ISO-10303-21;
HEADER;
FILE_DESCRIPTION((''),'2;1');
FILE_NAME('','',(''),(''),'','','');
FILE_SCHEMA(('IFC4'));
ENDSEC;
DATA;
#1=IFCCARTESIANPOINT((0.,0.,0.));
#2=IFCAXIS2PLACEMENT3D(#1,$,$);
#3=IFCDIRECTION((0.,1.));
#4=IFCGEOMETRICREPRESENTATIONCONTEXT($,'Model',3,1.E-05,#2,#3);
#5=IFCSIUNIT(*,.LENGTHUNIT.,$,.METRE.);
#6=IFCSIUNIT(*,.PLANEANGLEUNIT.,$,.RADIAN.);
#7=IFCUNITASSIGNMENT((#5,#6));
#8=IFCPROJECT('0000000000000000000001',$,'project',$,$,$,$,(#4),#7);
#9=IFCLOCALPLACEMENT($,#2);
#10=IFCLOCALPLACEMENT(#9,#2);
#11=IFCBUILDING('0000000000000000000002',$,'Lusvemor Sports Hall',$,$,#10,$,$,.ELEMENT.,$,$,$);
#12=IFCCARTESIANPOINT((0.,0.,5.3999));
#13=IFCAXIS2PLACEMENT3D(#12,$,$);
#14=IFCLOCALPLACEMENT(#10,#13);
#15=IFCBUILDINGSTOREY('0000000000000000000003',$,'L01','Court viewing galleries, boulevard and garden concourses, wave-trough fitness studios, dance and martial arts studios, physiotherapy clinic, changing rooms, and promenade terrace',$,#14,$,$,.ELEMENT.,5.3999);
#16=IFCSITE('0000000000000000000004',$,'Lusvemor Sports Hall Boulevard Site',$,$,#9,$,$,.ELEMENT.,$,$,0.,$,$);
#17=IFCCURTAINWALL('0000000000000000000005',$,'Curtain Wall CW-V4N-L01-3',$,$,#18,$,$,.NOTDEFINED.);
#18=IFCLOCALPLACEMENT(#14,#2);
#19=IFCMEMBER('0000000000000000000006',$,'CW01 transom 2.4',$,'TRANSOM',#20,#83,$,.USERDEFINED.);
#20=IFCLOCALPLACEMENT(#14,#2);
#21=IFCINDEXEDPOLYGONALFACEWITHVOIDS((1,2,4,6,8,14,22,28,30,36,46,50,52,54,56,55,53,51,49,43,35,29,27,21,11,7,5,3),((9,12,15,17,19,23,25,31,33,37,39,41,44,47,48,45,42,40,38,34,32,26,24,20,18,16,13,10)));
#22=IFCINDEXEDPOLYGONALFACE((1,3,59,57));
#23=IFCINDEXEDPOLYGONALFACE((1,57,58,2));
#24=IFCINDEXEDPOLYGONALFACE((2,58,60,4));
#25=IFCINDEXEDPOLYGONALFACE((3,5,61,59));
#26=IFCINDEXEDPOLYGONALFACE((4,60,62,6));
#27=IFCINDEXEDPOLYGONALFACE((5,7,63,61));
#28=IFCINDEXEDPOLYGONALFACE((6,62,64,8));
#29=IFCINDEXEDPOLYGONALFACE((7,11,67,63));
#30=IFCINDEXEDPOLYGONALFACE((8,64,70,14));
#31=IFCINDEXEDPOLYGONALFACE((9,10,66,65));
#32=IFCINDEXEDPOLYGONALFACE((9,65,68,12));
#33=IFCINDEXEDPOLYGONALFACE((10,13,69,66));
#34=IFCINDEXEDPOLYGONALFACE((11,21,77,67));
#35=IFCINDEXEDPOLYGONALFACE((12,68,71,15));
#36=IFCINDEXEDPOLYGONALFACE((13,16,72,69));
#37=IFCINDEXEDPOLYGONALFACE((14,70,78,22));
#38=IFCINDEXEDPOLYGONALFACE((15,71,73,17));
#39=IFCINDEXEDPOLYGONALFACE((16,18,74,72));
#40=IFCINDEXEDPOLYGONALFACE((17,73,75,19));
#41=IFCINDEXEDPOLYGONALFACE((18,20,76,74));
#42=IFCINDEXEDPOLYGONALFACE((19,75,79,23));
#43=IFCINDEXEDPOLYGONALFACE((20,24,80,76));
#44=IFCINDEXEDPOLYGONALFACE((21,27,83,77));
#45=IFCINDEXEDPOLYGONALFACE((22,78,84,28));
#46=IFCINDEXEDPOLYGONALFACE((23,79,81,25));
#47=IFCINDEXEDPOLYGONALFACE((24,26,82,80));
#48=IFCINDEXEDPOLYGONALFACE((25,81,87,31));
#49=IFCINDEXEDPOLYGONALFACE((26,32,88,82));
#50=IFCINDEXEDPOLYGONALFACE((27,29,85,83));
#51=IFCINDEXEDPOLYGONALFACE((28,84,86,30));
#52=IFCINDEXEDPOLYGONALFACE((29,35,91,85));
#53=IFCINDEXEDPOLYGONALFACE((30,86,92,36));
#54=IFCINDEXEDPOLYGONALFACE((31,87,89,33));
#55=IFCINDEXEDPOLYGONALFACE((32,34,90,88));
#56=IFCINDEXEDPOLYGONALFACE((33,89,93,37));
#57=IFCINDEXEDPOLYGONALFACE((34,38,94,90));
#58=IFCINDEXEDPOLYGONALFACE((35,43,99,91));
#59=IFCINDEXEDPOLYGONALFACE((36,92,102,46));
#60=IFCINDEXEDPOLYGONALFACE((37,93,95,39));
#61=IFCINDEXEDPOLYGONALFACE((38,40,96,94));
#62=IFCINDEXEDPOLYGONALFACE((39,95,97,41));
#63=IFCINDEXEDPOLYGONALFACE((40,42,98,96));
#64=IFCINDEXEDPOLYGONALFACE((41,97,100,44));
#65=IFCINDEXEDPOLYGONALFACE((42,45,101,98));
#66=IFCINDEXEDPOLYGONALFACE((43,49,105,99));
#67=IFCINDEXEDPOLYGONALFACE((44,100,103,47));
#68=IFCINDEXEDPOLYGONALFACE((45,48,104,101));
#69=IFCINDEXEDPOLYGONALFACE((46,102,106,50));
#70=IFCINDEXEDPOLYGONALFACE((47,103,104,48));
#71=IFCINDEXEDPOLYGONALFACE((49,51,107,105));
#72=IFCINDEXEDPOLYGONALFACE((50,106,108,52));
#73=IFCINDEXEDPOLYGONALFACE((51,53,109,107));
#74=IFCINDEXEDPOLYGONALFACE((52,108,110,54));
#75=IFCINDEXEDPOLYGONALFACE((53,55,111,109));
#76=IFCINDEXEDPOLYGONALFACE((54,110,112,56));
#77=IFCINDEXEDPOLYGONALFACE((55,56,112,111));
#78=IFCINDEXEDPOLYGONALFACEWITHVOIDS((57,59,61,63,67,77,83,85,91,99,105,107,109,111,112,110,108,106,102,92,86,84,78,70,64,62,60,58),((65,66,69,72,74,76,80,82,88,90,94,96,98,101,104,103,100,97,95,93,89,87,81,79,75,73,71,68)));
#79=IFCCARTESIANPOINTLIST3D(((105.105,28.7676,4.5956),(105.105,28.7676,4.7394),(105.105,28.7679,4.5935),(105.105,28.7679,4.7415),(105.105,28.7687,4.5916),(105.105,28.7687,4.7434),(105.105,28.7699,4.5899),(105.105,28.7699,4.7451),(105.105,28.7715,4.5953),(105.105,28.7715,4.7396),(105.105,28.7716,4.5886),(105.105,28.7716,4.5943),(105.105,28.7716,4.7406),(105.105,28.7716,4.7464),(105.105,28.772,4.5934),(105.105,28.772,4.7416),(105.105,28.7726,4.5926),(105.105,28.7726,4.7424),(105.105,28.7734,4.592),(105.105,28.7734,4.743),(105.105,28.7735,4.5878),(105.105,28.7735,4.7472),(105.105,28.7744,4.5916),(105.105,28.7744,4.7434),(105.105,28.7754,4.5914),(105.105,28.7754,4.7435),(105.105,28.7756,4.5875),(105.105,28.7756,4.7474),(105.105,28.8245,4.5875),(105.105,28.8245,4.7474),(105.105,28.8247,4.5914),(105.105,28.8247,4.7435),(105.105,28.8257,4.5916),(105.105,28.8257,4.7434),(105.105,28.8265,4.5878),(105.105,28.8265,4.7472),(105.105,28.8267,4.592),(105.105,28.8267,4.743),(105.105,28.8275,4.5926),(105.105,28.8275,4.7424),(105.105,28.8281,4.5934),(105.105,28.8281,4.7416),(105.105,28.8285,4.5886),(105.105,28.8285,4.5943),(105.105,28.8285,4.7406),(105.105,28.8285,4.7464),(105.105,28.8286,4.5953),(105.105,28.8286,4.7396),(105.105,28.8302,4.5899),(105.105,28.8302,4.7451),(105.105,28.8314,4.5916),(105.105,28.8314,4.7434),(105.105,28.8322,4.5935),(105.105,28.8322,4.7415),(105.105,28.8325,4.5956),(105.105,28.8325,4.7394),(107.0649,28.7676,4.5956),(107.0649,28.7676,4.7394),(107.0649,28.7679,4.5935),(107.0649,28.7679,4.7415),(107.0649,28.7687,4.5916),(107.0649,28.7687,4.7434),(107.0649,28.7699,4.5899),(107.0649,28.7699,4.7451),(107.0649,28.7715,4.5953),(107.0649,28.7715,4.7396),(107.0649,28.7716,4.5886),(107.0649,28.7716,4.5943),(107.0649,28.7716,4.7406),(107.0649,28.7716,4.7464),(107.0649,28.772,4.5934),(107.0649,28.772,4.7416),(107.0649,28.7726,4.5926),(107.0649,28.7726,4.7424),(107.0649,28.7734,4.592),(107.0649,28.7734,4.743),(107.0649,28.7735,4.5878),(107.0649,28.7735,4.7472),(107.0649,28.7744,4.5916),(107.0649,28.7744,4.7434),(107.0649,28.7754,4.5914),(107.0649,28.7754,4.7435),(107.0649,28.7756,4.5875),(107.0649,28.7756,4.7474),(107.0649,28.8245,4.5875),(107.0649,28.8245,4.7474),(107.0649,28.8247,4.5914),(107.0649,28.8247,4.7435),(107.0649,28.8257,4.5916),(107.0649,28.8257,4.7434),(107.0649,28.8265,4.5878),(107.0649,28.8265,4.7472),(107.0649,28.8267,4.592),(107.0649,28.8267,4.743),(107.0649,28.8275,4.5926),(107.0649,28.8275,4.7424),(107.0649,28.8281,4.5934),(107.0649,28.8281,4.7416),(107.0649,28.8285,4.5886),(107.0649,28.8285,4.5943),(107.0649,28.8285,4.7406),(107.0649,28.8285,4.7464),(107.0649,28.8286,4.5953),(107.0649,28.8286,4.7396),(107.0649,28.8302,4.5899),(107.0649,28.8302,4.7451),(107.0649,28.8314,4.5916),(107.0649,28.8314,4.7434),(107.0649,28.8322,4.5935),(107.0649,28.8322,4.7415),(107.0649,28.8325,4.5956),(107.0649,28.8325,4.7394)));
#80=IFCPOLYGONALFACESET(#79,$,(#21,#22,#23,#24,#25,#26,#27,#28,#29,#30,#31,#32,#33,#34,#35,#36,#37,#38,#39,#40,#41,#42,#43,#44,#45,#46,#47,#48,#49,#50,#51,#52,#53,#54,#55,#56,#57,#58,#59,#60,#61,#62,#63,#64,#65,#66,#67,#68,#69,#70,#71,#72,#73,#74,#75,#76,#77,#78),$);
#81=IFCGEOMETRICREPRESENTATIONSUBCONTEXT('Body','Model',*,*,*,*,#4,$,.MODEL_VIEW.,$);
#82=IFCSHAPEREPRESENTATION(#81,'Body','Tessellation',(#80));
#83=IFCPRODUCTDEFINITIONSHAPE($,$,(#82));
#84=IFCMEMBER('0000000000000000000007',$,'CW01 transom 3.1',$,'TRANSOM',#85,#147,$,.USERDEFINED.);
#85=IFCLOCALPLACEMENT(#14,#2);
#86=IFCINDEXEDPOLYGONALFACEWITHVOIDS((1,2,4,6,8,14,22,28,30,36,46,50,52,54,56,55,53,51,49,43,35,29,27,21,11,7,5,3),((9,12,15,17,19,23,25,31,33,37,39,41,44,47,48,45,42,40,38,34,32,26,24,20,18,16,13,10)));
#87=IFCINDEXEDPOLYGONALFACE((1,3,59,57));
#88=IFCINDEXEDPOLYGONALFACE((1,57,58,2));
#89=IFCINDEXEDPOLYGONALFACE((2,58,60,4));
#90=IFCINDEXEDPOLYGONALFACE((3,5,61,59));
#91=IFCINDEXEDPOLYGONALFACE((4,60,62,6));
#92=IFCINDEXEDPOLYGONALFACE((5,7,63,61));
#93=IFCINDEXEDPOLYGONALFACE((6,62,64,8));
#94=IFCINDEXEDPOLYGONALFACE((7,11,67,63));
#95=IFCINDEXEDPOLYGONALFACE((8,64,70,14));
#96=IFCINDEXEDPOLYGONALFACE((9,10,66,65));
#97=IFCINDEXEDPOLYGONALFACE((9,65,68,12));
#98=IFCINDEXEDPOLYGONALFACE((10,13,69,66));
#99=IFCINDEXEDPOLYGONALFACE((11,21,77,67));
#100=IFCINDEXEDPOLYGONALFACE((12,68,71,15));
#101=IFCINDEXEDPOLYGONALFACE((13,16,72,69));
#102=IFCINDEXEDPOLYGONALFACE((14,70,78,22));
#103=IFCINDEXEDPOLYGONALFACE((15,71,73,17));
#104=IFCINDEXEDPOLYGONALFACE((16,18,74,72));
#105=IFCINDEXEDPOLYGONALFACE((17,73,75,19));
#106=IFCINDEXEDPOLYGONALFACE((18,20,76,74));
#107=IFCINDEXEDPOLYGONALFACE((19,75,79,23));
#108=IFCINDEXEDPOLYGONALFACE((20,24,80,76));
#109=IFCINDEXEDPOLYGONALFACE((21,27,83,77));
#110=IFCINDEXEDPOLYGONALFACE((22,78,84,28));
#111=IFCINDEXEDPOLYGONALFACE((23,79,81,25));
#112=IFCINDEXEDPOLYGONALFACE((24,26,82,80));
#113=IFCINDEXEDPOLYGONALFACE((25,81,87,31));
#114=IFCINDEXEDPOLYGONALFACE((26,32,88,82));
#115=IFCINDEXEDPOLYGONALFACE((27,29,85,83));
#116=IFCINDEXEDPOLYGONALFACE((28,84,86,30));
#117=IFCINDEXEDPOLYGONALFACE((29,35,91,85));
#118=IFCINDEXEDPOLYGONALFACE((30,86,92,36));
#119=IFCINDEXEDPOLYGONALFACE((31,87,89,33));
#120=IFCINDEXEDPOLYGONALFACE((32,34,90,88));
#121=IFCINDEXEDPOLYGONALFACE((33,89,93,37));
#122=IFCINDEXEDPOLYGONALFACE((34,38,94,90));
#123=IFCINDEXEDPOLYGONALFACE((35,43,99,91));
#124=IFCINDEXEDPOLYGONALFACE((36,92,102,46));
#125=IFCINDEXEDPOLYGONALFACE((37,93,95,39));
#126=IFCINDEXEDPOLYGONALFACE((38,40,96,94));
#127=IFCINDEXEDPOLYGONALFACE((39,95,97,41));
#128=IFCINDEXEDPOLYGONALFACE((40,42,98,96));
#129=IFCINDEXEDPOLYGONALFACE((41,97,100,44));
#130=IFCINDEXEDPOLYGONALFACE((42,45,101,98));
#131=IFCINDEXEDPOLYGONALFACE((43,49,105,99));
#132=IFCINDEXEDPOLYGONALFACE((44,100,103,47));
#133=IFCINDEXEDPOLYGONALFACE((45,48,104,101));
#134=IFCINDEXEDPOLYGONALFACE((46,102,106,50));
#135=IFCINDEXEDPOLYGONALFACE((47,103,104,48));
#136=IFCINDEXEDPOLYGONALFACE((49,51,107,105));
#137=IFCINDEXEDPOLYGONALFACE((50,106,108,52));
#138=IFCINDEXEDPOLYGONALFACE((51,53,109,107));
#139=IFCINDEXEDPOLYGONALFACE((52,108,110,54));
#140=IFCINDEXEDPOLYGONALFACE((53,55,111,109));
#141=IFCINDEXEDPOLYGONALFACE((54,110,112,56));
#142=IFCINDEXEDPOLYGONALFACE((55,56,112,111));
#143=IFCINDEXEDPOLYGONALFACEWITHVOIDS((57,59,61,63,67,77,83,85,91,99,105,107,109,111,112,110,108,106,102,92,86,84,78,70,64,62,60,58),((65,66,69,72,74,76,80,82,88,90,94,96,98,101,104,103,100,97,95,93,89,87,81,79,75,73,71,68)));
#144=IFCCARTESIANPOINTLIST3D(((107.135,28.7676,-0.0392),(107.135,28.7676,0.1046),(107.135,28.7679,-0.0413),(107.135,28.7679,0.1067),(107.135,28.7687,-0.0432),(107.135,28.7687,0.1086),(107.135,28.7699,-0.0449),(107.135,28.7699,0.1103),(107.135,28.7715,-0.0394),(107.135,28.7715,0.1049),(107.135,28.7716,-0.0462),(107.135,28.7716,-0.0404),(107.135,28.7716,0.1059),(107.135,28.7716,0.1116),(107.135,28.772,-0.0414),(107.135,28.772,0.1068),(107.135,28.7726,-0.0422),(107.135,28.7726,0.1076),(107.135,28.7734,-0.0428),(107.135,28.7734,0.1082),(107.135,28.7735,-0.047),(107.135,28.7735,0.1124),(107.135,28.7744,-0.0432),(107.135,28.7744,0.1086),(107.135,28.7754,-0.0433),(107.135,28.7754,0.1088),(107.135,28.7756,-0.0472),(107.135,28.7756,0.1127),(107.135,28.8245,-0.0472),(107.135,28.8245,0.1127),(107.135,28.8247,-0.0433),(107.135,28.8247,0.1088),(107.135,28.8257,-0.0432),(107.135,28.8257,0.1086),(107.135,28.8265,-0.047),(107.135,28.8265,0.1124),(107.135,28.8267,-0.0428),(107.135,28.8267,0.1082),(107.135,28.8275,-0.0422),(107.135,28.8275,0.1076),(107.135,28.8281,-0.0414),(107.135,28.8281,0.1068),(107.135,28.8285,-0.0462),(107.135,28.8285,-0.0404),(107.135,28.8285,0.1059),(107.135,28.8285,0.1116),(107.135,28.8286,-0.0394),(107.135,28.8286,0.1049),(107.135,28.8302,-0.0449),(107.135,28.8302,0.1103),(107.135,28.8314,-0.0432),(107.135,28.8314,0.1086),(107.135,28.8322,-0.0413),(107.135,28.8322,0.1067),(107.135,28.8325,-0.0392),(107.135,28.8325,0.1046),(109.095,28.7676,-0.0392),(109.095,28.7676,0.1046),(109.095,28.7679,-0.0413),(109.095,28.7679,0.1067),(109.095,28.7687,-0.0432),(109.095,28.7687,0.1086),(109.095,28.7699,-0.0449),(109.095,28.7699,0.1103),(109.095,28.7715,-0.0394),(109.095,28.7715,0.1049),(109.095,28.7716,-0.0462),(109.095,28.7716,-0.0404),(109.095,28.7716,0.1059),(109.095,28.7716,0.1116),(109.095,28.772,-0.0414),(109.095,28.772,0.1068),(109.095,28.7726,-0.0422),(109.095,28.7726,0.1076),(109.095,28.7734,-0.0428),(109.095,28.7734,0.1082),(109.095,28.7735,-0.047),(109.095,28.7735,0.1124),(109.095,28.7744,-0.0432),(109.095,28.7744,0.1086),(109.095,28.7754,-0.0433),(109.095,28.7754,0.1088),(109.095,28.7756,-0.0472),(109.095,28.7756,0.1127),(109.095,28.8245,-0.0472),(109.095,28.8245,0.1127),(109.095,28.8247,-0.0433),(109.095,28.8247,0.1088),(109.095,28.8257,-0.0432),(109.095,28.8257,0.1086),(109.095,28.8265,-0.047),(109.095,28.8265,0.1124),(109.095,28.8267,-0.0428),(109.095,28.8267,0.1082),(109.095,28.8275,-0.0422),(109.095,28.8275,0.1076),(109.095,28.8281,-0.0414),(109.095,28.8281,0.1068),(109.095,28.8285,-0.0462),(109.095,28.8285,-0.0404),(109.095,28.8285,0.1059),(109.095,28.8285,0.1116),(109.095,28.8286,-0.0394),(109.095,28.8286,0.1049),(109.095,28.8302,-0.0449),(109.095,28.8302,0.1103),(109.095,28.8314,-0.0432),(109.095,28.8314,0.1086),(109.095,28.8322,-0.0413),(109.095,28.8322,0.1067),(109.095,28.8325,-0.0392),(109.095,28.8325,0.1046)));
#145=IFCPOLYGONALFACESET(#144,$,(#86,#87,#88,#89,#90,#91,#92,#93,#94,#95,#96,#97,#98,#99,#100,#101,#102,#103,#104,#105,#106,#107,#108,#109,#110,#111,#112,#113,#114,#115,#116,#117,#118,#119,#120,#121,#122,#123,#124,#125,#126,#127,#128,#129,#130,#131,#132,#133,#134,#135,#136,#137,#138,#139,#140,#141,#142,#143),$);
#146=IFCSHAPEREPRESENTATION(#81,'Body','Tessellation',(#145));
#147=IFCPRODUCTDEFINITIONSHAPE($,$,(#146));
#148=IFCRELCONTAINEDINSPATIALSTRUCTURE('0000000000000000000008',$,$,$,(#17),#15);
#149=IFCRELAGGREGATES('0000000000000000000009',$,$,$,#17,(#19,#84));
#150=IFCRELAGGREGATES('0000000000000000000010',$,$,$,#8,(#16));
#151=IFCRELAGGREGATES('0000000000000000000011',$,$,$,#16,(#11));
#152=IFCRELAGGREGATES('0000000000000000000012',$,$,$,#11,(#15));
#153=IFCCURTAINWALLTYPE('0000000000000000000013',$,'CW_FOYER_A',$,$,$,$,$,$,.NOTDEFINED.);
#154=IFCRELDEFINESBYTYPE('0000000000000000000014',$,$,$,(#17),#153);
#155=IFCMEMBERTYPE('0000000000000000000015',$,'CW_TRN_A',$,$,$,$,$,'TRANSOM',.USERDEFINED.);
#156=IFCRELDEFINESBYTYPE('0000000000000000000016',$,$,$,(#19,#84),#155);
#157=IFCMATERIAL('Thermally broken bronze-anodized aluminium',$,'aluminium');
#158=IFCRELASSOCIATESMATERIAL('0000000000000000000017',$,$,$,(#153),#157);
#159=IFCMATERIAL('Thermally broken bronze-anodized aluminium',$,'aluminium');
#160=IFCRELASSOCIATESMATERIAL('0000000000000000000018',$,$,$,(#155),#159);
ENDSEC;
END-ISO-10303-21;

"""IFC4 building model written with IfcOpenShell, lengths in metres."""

from ifc_helpers import new_model, si_unit, direction, frame, origin, origin_2d, place, context, subcontext, project, spatial, hollow_rectangle, extrude, material, material_profile, profile_set, type_object, element, aggregate, save


model = new_model("IFC4")

# Units and contexts
model_context = context("Model", 3, precision=1e-05, world=origin(), true_north=direction((0.0, 1.0)))
body_context = subcontext(model_context, "Body", "Model", "MODEL_VIEW")
ifc_project = project(units=[si_unit("LENGTHUNIT", "METRE"), si_unit("PLANEANGLEUNIT", "RADIAN")], contexts=[model_context])

# Site, building, storey
site_placement = place(None, origin())
site = spatial("IfcSite", under=ifc_project, at=site_placement, Name="Lusvemor Sports Hall Boulevard Site", CompositionType="ELEMENT", RefElevation=0.0)
building_placement = place(site_placement, origin())
building = spatial("IfcBuilding", under=site, at=building_placement, Name="Lusvemor Sports Hall", CompositionType="ELEMENT")
storey_placement = place(building_placement, frame((0.0, 0.0, 5.3999)))
storey = spatial("IfcBuildingStorey", under=building, at=storey_placement, Name="L01", Description="Court viewing galleries, boulevard and garden concourses, wave-trough fitness studios, dance and martial arts studios, physiotherapy clinic, changing rooms, and promenade terrace", CompositionType="ELEMENT", Elevation=5.3999)

# Curtain wall
ifc_material_1 = material(Name="Thermally broken bronze-anodized aluminium", Category="aluminium")
curtain_wall_type = type_object("IfcCurtainWallType", Name="CW_FOYER_A", PredefinedType="NOTDEFINED", material=ifc_material_1)
curtain_wall_1_placement = place(storey_placement, origin())
curtain_wall_1 = element("IfcCurtainWall", 1, at=curtain_wall_1_placement, inside=storey, type_object=curtain_wall_type, Name="Curtain Wall CW-V4N-L01-3", PredefinedType="NOTDEFINED")

# Members
ifc_material_2 = material(Name="Thermally broken bronze-anodized aluminium", Category="aluminium")
ifc_material_profile_1 = material_profile(ifc_material_2, hollow_rectangle(XDim=0.0649, YDim=0.1599, WallThickness=0.0039, InnerFilletRadius=0.0039, OuterFilletRadius=0.0081, at=origin_2d()), Name="CWTRN160x65x4")
ifc_profile_set_1 = profile_set([ifc_material_profile_1], Name="Thermally broken bronze-anodized aluminium")
member_type_1 = type_object("IfcMemberType", Name="CW_TRN_A", ElementType="TRANSOM", PredefinedType="USERDEFINED", material=ifc_profile_set_1)
member_1_placement = place(storey_placement, frame((105.105, 28.8, 4.6675), z_axis=(1.0, 0.0, 0.0), x_axis=(0.0, 1.0, 0.0)))
member_1 = element("IfcMember", 2, at=member_1_placement, type_object=member_type_1, Name="CW01 transom 2.4", ObjectType="TRANSOM", PredefinedType="USERDEFINED", context=body_context, shape_type="SweptSolid", body=[
    extrude(hollow_rectangle(XDim=0.0649, YDim=0.1599, WallThickness=0.0039, InnerFilletRadius=0.0039, OuterFilletRadius=0.0081, at=origin_2d()), origin(), (0.0, 0.0, 1.0), 1.96),
])
member_2_placement = place(storey_placement, frame((107.135, 28.8, 0.0327), z_axis=(1.0, 0.0, 0.0), x_axis=(0.0, 1.0, 0.0)))
member_2 = element("IfcMember", 3, at=member_2_placement, type_object=member_type_1, Name="CW01 transom 3.1", ObjectType="TRANSOM", PredefinedType="USERDEFINED", context=body_context, shape_type="SweptSolid", body=[
    extrude(hollow_rectangle(XDim=0.0649, YDim=0.1599, WallThickness=0.0039, InnerFilletRadius=0.0039, OuterFilletRadius=0.0081, at=origin_2d()), origin(), (0.0, 0.0, 1.0), 1.96),
])

aggregate(curtain_wall_1, [member_1, member_2])

save(model, "model.ifc")
